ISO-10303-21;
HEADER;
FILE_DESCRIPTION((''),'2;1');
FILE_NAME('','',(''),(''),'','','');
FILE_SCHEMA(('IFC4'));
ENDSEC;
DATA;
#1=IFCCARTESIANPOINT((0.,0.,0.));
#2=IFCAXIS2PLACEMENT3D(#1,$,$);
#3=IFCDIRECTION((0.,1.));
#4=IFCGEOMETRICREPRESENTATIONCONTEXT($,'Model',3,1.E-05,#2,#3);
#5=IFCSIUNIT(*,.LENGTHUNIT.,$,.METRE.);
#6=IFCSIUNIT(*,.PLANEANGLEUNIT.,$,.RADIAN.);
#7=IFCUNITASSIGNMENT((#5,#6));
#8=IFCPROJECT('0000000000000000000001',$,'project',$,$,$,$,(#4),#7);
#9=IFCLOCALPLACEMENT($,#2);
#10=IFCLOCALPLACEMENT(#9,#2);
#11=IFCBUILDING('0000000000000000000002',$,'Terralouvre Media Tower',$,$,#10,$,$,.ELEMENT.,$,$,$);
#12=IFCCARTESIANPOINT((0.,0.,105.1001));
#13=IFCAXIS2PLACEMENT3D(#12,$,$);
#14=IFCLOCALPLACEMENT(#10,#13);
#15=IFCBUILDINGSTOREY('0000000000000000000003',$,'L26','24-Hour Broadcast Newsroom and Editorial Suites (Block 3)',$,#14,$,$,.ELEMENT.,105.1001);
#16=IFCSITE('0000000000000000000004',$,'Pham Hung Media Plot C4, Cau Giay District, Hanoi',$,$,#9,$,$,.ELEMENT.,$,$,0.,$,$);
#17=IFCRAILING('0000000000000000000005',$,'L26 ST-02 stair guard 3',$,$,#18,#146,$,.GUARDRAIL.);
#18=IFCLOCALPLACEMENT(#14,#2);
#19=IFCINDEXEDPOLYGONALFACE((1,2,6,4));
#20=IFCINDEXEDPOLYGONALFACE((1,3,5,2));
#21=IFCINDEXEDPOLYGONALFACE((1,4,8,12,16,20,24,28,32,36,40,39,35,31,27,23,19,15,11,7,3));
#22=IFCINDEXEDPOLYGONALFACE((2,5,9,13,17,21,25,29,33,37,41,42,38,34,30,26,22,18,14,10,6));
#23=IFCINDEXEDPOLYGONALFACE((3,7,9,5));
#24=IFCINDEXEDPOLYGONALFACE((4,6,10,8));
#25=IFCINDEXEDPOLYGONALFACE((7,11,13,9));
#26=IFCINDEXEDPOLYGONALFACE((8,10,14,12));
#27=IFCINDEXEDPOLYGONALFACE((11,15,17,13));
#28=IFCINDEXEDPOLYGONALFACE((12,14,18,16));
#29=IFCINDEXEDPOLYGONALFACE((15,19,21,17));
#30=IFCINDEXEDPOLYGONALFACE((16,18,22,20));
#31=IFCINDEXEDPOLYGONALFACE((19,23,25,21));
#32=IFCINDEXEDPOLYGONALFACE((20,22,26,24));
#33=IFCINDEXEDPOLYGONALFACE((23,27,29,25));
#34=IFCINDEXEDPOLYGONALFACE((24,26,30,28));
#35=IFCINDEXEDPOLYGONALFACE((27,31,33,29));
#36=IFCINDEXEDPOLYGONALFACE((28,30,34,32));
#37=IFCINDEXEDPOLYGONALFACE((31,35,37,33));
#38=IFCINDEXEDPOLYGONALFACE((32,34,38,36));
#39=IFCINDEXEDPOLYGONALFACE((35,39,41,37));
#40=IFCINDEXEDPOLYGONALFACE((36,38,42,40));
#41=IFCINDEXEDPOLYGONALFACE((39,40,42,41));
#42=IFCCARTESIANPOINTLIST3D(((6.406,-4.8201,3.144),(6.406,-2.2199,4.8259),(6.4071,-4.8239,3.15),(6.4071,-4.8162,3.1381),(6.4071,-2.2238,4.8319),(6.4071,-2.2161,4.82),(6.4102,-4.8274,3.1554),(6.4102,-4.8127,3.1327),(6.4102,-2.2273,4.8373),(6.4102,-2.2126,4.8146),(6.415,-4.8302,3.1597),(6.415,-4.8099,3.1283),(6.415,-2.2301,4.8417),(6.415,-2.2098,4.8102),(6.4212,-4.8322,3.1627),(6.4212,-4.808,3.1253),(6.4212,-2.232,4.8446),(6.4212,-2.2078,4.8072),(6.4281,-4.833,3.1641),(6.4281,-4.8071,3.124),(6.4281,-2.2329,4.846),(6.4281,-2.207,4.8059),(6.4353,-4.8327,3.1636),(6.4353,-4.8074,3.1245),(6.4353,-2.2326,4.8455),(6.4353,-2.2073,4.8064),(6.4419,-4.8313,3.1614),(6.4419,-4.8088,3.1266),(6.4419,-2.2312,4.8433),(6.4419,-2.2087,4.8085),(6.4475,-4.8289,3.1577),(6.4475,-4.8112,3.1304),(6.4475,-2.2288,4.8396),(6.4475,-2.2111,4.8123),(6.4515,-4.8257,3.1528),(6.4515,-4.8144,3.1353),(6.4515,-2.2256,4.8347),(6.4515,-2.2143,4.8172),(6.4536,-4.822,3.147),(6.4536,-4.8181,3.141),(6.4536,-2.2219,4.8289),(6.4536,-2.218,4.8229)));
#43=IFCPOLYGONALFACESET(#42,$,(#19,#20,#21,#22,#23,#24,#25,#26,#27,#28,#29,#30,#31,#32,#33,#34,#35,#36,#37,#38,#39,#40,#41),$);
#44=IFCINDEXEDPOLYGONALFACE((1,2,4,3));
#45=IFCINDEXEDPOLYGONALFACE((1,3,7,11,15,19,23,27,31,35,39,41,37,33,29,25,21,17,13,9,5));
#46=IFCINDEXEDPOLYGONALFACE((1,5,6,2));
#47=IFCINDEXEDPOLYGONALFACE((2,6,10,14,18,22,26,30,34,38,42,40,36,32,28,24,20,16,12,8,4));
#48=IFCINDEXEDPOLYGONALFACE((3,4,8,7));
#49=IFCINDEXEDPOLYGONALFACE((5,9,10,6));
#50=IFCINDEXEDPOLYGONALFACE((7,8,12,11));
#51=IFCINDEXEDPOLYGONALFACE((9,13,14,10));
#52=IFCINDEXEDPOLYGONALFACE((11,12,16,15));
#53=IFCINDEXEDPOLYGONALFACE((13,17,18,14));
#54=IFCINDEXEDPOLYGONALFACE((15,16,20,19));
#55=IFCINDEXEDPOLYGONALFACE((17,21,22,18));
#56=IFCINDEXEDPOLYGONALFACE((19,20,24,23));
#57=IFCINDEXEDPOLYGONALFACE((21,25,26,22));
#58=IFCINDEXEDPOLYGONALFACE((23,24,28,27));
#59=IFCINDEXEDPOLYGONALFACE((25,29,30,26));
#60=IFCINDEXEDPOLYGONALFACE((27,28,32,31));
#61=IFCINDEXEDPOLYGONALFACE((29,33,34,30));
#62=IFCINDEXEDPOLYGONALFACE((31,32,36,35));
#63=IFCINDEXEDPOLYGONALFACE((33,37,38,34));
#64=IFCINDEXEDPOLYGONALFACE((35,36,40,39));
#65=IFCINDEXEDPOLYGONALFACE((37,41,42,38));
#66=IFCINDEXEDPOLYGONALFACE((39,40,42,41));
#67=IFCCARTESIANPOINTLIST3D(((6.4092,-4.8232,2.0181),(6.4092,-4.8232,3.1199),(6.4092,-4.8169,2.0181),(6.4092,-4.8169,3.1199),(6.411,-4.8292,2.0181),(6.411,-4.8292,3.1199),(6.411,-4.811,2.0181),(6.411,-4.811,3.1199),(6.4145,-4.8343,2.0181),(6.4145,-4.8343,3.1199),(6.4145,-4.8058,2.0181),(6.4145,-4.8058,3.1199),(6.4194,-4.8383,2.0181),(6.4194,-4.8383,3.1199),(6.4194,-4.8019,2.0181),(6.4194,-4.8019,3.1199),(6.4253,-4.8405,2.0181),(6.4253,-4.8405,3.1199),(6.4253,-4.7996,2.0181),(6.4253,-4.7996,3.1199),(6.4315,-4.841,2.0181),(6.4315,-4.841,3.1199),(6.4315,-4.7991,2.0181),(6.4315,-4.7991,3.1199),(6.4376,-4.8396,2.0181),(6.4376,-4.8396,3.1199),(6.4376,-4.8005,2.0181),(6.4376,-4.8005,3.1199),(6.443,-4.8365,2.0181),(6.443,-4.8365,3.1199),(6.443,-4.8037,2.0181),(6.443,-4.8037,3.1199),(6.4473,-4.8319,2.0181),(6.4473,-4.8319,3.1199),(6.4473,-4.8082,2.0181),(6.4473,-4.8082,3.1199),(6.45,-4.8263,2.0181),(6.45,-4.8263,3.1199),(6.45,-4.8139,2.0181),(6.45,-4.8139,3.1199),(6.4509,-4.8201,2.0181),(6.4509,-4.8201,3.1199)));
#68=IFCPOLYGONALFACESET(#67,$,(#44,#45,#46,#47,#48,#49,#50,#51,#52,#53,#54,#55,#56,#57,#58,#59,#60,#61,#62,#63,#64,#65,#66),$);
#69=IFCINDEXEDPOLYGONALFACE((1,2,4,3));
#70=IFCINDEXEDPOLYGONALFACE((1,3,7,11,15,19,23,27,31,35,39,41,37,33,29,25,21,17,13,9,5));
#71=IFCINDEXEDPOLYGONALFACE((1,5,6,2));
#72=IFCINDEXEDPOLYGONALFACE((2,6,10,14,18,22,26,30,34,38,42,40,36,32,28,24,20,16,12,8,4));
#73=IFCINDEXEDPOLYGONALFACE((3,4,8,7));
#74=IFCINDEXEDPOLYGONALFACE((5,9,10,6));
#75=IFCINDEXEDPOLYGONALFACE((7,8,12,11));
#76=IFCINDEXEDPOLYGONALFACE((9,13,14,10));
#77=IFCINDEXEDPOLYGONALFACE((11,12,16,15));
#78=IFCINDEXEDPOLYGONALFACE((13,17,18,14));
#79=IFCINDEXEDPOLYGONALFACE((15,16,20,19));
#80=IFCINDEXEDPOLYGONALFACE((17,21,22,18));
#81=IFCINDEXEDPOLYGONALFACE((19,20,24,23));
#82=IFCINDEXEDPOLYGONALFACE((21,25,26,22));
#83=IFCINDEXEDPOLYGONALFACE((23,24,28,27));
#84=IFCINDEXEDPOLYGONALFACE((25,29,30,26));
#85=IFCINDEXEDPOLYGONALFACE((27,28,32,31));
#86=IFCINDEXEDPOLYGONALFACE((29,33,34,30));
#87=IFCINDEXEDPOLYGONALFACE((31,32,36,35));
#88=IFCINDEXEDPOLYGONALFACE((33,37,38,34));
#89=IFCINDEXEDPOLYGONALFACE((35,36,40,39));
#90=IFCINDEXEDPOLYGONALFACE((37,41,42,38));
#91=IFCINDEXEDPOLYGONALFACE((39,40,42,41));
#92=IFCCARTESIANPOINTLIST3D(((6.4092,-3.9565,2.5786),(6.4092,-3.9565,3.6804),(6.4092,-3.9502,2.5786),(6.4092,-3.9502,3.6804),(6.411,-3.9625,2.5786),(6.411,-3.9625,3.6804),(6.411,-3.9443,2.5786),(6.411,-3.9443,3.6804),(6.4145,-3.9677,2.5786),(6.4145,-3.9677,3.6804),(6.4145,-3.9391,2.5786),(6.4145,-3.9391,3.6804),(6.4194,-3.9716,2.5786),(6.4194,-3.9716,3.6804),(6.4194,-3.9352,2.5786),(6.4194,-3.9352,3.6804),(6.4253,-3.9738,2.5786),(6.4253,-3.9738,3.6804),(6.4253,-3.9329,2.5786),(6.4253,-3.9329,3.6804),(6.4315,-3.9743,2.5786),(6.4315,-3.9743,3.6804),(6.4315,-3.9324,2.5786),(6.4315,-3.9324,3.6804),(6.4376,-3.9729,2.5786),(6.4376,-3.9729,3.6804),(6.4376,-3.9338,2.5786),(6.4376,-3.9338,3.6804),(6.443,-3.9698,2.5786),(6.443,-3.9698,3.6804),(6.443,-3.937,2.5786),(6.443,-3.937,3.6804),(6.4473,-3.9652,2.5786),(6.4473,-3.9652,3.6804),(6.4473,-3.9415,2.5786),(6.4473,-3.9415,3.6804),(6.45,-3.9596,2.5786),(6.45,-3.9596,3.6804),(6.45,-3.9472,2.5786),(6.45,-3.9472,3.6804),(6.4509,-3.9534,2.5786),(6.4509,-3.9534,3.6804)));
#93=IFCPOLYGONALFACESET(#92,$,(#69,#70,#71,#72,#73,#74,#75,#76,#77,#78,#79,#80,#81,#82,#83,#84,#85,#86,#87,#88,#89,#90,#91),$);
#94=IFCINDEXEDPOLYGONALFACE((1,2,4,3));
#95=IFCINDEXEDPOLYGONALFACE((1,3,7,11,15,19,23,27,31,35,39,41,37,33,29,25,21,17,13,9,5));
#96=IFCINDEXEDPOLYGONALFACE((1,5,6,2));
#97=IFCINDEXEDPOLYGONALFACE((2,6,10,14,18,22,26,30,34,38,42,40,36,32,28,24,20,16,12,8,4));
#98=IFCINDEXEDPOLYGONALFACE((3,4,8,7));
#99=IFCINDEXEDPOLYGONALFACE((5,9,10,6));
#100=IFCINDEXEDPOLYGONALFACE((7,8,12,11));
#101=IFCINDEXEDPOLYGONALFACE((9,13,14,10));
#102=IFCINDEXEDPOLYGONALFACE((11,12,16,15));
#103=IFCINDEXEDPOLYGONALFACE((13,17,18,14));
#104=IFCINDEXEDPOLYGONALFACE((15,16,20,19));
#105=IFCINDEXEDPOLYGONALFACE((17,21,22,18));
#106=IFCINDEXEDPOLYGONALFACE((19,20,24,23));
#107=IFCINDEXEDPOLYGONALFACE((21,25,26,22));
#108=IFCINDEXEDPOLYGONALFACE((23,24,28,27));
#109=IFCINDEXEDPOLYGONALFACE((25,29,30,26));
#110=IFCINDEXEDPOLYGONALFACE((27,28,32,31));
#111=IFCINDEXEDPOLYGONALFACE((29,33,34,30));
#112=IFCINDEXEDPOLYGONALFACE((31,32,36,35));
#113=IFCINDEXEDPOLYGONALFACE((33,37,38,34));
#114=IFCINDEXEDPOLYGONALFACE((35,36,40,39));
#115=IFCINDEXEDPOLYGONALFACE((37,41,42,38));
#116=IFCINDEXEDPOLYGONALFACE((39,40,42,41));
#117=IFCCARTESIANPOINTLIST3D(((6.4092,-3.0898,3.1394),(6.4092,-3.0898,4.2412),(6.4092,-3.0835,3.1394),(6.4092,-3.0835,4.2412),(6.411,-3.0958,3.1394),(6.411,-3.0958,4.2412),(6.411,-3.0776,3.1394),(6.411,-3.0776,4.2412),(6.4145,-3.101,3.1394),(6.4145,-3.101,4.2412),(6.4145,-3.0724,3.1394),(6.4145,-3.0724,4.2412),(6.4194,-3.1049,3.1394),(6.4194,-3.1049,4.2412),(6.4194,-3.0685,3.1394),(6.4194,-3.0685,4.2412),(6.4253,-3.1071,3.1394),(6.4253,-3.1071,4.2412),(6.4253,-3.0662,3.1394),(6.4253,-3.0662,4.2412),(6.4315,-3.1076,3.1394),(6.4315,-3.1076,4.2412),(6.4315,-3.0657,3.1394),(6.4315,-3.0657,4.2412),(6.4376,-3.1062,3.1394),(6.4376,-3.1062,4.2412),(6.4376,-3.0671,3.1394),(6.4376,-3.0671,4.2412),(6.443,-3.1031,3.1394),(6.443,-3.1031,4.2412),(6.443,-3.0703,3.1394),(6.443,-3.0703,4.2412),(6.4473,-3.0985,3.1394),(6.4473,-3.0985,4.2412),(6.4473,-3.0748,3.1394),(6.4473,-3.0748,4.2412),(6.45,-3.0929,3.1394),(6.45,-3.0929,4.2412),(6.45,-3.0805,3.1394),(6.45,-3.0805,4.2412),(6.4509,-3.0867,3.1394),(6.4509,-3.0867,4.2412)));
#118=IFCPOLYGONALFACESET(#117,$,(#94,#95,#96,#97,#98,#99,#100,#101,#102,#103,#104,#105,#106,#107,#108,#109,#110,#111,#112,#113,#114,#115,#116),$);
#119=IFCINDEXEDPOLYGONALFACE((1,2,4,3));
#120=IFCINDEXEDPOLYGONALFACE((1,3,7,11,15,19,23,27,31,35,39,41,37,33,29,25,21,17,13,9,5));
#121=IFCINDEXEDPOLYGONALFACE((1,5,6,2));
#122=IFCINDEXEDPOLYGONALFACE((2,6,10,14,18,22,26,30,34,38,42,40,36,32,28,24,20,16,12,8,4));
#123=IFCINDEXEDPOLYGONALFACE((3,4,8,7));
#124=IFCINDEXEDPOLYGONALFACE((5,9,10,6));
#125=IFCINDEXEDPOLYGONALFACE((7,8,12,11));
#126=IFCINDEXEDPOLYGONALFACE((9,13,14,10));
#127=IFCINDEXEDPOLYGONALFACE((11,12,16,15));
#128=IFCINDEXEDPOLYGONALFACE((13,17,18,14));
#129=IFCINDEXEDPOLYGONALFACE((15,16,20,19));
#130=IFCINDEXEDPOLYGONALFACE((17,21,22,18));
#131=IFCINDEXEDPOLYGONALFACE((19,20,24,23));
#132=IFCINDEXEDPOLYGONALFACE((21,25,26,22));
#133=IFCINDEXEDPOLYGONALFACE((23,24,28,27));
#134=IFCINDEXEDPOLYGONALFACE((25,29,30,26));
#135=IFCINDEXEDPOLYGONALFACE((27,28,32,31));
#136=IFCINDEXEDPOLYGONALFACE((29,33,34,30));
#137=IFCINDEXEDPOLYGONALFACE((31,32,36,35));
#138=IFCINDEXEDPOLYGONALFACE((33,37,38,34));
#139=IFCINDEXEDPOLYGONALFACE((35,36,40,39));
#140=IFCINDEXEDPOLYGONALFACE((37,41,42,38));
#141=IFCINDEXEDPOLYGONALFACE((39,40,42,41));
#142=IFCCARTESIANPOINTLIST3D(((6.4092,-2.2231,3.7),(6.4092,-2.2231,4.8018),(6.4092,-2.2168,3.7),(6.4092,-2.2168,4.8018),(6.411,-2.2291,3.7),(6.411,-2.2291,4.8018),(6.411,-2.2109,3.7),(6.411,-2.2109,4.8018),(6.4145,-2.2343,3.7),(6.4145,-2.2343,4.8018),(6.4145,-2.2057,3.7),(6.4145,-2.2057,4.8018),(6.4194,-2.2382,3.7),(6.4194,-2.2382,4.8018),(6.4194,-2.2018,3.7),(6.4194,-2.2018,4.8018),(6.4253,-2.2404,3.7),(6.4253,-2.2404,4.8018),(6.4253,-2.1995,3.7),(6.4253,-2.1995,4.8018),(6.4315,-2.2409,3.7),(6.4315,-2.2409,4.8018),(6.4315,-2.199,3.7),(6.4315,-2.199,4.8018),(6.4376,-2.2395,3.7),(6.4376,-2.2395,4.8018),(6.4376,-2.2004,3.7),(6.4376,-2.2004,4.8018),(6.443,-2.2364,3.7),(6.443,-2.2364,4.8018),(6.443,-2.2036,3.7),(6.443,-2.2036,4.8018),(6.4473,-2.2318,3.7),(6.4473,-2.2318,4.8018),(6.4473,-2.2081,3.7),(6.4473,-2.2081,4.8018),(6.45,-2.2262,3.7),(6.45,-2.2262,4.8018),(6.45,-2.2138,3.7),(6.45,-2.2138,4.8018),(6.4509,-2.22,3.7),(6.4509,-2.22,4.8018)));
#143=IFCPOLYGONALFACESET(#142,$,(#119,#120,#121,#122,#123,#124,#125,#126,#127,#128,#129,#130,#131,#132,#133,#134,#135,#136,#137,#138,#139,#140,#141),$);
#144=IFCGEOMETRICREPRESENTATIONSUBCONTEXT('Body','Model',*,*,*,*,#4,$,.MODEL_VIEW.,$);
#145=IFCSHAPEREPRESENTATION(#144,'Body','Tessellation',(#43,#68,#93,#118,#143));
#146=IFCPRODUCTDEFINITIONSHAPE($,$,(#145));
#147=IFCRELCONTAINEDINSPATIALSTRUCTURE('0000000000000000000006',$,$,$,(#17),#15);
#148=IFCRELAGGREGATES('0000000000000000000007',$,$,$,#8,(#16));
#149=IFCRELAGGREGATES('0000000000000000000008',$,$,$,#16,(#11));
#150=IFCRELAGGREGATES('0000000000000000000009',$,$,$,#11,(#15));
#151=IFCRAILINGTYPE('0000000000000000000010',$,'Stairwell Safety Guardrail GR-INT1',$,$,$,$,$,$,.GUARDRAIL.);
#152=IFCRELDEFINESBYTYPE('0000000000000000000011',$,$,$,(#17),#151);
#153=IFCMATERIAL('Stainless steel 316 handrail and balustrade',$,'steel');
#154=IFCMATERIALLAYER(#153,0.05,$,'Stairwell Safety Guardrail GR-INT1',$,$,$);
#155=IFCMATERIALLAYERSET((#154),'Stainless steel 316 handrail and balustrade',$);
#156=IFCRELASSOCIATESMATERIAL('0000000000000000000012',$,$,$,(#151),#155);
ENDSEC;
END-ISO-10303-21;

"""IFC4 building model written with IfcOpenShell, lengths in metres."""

from ifc_helpers import new_model, si_unit, direction, frame, origin, origin_2d, place, context, subcontext, project, spatial, circle, extrude, material, layer, layer_set, type_object, element, save


model = new_model("IFC4")

# Units and contexts
model_context = context("Model", 3, precision=1e-05, world=origin(), true_north=direction((0.0, 1.0)))
body_context = subcontext(model_context, "Body", "Model", "MODEL_VIEW")
ifc_project = project(units=[si_unit("LENGTHUNIT", "METRE"), si_unit("PLANEANGLEUNIT", "RADIAN")], contexts=[model_context])

# Site, building, storey
site_placement = place(None, origin())
site = spatial("IfcSite", under=ifc_project, at=site_placement, Name="Pham Hung Media Plot C4, Cau Giay District, Hanoi", CompositionType="ELEMENT", RefElevation=0.0)
building_placement = place(site_placement, origin())
building = spatial("IfcBuilding", under=site, at=building_placement, Name="Terralouvre Media Tower", CompositionType="ELEMENT")
storey_placement = place(building_placement, frame((0.0, 0.0, 105.1001)))
storey = spatial("IfcBuildingStorey", under=building, at=storey_placement, Name="L26", Description="24-Hour Broadcast Newsroom and Editorial Suites (Block 3)", CompositionType="ELEMENT", Elevation=105.1001)

# Railing
ifc_material_1 = material(Name="Stainless steel 316 handrail and balustrade", Category="steel")
ifc_layer_1 = layer(ifc_material_1, 0.05, Name="Stairwell Safety Guardrail GR-INT1")
ifc_layer_set_1 = layer_set([ifc_layer_1], Name="Stainless steel 316 handrail and balustrade")
railing_type_1 = type_object("IfcRailingType", Name="Stairwell Safety Guardrail GR-INT1", PredefinedType="GUARDRAIL", material=ifc_layer_set_1)
railing_1_placement = place(storey_placement, frame((6.4299, -4.8201, 2.0181)))
element("IfcRailing", 1, at=railing_1_placement, inside=storey, type_object=railing_type_1, Name="L26 ST-02 stair guard 3", PredefinedType="GUARDRAIL", context=body_context, shape_type="SweptSolid", body=[
    extrude(circle(Radius=0.0239, at=origin_2d()), frame((0.0, 0.0, 1.126), z_axis=(0.0, 0.839648, 0.54313), x_axis=(-1.0, 0.0, 0.0)), (0.0, 0.0, 1.0), 3.0967),
    extrude(circle(Radius=0.021, at=origin_2d()), origin(), (0.0, 0.0, 1.0), 1.1018),
    extrude(circle(Radius=0.021, at=origin_2d()), frame((0.0, 0.8667, 0.5605)), (0.0, 0.0, 1.0), 1.1018),
    extrude(circle(Radius=0.021, at=origin_2d()), frame((0.0, 1.7334, 1.1213)), (0.0, 0.0, 1.0), 1.1018),
    extrude(circle(Radius=0.021, at=origin_2d()), frame((0.0, 2.6001, 1.6819)), (0.0, 0.0, 1.0), 1.1018),
])

save(model, "model.ifc")
